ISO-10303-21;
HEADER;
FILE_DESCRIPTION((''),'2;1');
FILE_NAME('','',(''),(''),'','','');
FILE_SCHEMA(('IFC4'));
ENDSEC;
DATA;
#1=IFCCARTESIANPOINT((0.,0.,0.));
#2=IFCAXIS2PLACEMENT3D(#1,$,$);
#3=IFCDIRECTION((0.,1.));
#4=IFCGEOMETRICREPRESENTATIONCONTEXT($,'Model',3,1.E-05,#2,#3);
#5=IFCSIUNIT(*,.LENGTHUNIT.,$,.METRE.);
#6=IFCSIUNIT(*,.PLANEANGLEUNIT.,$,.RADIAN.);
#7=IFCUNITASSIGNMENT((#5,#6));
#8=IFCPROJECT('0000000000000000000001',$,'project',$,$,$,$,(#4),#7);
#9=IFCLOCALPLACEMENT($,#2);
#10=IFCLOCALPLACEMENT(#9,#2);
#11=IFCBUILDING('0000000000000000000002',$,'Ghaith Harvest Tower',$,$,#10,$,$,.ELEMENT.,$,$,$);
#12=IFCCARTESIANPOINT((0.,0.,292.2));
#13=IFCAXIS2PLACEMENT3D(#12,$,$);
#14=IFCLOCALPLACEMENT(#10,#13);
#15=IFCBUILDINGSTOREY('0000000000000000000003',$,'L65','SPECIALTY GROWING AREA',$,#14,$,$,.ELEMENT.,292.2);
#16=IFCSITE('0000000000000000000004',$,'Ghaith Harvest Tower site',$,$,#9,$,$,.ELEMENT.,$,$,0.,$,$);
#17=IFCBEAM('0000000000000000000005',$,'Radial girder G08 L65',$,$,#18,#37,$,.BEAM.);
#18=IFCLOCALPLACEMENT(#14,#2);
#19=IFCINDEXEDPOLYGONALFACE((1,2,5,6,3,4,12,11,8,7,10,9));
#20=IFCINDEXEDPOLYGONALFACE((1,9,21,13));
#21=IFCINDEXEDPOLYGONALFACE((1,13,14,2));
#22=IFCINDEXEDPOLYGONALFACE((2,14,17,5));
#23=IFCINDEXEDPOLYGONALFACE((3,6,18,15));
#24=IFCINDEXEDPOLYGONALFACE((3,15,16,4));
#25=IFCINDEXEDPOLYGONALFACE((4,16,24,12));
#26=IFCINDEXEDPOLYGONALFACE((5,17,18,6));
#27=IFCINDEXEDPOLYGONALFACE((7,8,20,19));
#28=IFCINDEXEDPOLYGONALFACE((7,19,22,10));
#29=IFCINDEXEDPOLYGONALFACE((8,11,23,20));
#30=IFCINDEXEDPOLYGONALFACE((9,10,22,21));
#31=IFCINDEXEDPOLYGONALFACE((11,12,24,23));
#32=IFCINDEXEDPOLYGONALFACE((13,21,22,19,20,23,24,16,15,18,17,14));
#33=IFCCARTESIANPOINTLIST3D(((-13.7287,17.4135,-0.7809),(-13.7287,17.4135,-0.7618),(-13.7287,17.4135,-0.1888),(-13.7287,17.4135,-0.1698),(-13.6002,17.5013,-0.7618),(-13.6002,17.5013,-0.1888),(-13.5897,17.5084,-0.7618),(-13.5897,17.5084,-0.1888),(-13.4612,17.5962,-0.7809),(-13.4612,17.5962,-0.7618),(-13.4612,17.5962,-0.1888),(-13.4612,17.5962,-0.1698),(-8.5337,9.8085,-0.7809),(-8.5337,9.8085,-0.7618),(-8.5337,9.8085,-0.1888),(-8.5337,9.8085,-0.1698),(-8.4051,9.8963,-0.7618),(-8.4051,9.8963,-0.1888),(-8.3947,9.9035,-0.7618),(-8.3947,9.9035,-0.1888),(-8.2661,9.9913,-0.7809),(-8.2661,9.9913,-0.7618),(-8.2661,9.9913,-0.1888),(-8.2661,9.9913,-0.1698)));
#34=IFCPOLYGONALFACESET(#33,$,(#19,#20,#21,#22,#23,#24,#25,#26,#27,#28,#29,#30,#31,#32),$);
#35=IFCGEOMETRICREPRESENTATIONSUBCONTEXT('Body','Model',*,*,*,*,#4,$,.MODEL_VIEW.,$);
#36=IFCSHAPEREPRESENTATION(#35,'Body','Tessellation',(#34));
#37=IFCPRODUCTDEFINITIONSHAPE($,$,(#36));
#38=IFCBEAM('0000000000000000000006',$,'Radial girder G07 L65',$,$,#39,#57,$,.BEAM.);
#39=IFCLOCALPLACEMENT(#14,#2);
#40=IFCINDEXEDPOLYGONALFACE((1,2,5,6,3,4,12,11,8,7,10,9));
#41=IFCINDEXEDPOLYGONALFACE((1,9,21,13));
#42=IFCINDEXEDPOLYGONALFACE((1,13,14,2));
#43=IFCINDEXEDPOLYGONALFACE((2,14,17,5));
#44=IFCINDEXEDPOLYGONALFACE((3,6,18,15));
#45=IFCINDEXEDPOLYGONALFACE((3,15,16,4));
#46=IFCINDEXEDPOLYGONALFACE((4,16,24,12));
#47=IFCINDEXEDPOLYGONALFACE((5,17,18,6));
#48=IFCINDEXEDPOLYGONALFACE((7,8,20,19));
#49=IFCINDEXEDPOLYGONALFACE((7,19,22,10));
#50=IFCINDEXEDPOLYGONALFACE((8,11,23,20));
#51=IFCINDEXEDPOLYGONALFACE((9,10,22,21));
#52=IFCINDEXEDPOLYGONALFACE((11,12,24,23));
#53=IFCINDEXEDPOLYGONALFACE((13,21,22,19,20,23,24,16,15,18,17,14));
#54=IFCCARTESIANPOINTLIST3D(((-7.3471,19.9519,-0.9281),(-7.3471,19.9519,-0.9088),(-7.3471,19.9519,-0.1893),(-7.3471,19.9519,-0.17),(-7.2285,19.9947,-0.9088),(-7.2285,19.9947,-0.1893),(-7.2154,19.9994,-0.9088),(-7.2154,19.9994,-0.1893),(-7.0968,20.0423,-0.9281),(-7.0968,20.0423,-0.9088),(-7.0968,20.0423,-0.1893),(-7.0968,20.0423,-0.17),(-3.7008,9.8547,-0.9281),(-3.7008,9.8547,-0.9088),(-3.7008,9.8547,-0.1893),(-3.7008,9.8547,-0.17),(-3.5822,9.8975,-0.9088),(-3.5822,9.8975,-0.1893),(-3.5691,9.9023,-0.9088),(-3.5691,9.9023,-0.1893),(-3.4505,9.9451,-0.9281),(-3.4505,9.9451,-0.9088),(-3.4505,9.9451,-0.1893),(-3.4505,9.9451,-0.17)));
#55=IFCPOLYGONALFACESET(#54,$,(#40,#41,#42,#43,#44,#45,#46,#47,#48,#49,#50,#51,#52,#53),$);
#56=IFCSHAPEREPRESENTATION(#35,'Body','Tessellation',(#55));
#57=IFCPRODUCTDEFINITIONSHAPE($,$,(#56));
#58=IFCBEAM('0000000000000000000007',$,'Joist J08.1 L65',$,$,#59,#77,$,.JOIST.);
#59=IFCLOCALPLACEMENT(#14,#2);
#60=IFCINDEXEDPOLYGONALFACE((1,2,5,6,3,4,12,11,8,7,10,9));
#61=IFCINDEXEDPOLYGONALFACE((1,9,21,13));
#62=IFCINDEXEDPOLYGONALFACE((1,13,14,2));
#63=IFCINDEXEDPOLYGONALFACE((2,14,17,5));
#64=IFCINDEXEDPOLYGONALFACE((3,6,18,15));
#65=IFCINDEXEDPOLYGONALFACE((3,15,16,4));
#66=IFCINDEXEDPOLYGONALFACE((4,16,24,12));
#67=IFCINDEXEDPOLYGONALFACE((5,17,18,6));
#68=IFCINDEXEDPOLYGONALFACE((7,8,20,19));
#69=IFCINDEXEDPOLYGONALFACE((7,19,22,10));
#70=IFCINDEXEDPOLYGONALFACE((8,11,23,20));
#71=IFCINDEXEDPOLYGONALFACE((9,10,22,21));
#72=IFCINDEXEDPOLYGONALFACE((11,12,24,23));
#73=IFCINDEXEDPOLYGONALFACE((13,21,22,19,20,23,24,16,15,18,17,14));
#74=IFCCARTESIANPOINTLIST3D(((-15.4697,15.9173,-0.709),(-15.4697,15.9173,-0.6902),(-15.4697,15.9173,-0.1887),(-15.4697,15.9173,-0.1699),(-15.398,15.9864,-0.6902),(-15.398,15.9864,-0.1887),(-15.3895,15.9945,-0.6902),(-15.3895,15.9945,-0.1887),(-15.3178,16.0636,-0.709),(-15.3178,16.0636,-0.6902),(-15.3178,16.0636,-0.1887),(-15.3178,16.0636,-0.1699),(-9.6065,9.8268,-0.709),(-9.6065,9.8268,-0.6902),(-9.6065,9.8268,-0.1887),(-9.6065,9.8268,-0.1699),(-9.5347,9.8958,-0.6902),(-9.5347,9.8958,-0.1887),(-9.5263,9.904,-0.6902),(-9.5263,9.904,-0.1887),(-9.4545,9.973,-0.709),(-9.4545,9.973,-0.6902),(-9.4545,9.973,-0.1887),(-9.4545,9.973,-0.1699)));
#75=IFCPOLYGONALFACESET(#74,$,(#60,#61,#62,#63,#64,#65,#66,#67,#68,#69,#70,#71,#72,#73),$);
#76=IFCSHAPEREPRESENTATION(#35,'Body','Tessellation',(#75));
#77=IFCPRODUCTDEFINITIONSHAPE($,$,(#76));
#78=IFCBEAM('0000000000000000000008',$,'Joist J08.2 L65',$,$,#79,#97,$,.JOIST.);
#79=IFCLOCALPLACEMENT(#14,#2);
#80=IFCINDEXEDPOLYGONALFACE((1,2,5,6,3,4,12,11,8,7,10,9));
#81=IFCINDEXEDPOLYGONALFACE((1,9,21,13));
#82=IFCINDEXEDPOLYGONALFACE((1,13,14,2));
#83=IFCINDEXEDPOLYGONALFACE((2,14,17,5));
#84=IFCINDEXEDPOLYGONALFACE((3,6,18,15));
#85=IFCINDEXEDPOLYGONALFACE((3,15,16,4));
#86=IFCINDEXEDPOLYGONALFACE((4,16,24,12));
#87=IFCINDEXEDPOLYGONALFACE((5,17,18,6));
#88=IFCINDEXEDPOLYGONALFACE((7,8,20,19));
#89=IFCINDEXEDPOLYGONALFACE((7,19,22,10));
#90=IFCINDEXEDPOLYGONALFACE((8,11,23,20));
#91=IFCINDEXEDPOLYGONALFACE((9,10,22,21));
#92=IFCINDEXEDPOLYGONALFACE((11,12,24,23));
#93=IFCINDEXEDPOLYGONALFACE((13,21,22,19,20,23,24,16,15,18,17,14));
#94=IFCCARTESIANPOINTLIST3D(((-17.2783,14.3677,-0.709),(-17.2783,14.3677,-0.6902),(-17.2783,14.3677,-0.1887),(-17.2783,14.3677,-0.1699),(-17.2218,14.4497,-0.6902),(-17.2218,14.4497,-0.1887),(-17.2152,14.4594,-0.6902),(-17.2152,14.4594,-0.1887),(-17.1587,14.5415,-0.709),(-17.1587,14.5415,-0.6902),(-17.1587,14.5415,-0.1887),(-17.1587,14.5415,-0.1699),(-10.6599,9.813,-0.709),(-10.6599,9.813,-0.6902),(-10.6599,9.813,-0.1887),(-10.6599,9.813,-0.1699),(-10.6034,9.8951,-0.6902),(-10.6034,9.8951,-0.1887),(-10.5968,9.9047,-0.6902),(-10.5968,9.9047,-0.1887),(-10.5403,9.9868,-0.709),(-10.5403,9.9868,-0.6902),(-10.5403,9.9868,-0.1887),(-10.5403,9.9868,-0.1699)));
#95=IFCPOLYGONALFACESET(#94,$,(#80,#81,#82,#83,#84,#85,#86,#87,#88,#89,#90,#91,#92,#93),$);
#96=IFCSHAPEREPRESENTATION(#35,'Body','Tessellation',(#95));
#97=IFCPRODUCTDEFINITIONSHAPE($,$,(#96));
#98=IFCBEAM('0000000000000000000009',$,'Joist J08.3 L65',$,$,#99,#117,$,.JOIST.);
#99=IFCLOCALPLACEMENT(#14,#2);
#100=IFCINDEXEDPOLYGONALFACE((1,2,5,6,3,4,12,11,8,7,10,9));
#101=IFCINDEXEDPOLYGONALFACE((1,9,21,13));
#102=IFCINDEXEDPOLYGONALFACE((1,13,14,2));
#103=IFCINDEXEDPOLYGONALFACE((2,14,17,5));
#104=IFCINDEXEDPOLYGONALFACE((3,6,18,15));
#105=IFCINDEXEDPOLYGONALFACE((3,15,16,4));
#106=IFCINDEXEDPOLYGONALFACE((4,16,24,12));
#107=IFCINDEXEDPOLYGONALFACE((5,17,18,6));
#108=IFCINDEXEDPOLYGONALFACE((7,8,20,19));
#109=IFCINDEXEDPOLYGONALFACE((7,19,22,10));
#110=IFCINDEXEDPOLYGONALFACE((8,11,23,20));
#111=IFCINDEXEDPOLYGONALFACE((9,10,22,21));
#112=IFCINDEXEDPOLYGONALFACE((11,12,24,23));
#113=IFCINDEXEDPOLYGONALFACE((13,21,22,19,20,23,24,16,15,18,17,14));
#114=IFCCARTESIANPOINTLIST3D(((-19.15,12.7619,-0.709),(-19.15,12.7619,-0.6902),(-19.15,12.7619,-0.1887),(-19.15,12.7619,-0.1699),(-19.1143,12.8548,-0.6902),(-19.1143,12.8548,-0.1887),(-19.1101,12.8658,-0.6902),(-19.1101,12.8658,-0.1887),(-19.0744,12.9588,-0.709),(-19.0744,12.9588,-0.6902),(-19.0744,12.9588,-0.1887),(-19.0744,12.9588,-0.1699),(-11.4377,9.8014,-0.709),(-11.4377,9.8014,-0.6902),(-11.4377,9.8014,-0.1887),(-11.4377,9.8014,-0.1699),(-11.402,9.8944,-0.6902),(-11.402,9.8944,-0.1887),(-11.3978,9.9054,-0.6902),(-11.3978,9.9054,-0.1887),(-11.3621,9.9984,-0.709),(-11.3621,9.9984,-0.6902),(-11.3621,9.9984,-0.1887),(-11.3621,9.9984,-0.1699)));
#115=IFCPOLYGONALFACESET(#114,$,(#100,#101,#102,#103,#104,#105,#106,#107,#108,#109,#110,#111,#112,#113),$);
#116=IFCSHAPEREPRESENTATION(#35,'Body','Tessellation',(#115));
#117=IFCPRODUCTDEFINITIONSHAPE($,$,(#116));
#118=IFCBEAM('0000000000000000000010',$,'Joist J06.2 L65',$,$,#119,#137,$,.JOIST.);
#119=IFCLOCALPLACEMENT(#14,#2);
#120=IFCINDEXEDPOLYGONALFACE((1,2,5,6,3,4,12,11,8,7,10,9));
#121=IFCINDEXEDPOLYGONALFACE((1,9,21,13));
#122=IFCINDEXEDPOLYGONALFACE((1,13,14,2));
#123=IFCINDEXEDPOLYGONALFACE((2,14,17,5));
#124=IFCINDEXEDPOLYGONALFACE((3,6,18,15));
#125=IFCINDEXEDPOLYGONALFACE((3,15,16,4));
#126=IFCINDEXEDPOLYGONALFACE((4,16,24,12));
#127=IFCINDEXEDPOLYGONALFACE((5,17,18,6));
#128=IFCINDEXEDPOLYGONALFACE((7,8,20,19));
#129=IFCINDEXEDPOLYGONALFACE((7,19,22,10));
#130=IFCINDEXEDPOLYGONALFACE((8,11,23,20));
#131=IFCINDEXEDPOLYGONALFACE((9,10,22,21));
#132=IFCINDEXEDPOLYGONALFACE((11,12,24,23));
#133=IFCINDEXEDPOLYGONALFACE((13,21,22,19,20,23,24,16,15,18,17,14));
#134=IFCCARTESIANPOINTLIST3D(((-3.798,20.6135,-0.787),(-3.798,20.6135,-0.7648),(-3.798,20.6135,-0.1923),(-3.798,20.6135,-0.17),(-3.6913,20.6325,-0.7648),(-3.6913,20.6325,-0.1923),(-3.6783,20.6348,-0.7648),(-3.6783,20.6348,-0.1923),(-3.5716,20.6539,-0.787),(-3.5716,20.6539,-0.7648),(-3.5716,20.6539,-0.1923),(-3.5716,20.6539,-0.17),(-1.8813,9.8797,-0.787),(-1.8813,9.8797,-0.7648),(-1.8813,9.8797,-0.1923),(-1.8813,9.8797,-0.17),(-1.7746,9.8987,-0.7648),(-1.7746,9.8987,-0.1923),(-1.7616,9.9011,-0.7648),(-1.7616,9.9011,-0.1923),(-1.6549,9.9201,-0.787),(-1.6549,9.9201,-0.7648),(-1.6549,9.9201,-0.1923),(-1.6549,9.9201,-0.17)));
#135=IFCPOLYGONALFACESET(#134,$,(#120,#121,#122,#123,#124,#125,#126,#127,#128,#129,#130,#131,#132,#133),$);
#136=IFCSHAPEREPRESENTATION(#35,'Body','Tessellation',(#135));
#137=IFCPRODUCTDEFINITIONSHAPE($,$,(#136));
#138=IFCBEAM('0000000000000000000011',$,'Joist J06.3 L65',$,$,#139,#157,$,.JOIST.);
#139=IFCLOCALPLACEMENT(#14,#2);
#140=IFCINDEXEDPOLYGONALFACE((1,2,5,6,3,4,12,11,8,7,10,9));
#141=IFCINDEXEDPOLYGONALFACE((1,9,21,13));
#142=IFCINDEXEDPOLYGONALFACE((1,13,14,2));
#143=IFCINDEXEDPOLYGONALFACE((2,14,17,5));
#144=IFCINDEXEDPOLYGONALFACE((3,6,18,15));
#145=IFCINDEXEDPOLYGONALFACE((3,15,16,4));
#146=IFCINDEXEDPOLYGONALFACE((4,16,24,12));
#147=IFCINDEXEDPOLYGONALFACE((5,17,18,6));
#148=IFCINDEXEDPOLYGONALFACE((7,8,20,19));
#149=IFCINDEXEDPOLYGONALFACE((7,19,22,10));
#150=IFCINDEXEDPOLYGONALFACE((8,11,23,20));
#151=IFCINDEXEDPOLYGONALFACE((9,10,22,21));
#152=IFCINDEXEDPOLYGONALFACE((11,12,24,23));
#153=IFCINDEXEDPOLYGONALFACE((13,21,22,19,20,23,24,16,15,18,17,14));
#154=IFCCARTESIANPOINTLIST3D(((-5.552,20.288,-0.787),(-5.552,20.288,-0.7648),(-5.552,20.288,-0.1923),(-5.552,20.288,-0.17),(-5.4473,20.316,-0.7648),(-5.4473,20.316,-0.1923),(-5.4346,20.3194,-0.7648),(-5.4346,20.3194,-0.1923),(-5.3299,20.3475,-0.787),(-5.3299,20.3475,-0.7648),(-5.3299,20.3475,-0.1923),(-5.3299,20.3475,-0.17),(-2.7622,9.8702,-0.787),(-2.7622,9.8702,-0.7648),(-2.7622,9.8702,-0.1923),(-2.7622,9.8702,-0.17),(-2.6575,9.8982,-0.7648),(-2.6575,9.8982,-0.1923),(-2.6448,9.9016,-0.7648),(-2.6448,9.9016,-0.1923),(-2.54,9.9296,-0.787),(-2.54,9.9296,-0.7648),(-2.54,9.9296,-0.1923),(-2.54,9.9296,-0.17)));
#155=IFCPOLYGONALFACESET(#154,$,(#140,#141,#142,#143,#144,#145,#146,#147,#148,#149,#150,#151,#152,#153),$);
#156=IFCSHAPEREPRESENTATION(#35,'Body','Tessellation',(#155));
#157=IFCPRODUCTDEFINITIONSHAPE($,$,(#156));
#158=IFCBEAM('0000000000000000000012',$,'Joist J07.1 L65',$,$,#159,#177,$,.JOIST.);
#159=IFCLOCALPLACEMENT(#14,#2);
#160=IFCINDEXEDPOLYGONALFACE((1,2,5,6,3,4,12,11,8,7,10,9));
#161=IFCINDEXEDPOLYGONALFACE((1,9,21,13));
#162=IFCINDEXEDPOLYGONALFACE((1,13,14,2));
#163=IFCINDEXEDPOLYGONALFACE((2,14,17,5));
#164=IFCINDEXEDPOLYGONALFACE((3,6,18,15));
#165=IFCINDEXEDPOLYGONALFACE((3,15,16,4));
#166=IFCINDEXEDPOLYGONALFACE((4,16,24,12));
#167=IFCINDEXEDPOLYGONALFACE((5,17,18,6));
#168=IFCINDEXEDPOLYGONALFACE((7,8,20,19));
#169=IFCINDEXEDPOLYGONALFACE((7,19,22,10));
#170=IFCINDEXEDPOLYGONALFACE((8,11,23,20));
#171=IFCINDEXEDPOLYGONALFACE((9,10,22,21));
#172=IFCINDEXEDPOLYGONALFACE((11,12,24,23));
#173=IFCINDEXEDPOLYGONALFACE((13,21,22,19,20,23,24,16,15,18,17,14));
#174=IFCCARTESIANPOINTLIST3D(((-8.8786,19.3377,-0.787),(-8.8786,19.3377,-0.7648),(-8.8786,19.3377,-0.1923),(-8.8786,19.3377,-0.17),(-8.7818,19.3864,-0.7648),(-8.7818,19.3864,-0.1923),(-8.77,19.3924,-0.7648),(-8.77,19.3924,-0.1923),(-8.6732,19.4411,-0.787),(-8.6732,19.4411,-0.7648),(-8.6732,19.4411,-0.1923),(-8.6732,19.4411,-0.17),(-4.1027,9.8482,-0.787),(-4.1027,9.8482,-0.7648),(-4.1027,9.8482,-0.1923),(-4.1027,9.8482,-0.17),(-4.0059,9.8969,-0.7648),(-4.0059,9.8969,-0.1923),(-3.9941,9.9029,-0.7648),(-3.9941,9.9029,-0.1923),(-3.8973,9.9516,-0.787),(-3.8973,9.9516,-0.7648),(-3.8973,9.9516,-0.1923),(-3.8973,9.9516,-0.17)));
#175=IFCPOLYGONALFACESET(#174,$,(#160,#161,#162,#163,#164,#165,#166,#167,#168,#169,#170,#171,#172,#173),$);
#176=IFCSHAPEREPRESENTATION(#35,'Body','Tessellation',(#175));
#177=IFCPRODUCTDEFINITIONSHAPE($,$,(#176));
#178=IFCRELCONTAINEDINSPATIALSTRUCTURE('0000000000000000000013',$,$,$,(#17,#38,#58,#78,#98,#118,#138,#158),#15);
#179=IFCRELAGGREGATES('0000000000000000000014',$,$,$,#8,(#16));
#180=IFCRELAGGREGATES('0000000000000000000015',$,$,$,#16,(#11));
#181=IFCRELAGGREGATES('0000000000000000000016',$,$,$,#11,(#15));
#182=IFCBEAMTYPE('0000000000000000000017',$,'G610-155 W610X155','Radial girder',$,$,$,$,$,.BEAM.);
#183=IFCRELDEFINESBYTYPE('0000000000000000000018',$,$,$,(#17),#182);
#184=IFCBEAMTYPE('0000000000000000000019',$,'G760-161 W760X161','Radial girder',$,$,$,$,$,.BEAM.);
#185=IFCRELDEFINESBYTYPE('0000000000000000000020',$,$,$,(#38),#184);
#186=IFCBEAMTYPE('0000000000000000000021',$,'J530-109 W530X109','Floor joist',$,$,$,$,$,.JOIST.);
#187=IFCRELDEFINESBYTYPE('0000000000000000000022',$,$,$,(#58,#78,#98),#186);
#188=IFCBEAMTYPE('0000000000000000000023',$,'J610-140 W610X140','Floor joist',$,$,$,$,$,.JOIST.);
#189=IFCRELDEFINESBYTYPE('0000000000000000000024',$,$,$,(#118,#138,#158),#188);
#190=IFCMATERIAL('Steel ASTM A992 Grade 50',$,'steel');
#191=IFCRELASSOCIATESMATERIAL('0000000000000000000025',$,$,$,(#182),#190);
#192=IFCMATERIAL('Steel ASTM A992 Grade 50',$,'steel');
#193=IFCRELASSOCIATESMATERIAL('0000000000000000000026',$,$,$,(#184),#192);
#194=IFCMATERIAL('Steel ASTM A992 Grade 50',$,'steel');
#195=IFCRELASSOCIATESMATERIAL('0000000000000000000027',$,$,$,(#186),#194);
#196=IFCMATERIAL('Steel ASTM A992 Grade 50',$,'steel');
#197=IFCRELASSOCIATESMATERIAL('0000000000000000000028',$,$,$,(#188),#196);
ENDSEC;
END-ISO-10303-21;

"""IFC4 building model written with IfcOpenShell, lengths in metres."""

from ifc_helpers import new_model, si_unit, direction, frame, origin, origin_2d, place, context, subcontext, project, spatial, i_section, extrude, material, material_profile, profile_set, type_object, element, save


model = new_model("IFC4")

# Units and contexts
model_context = context("Model", 3, precision=1e-05, world=origin(), true_north=direction((0.0, 1.0)))
body_context = subcontext(model_context, "Body", "Model", "MODEL_VIEW")
ifc_project = project(units=[si_unit("LENGTHUNIT", "METRE"), si_unit("PLANEANGLEUNIT", "RADIAN")], contexts=[model_context])

# Site, building, storey
site_placement = place(None, origin())
site = spatial("IfcSite", under=ifc_project, at=site_placement, Name="Ghaith Harvest Tower site", CompositionType="ELEMENT", RefElevation=0.0)
building_placement = place(site_placement, origin())
building = spatial("IfcBuilding", under=site, at=building_placement, Name="Ghaith Harvest Tower", CompositionType="ELEMENT")
storey_placement = place(building_placement, frame((0.0, 0.0, 292.2)))
storey = spatial("IfcBuildingStorey", under=building, at=storey_placement, Name="L65", Description="SPECIALTY GROWING AREA", CompositionType="ELEMENT", Elevation=292.2)

# Beams
ifc_material_1 = material(Name="Steel ASTM A992 Grade 50", Category="steel")
ifc_material_profile_1 = material_profile(ifc_material_1, i_section(OverallWidth=0.324, OverallDepth=0.6111, WebThickness=0.0127, FlangeThickness=0.019, at=origin_2d()), Name="W610X155")
ifc_profile_set_1 = profile_set([ifc_material_profile_1], Name="Steel ASTM A992 Grade 50")
beam_type_1 = type_object("IfcBeamType", Name="G610-155 W610X155", Description="Radial girder", PredefinedType="BEAM", material=ifc_profile_set_1)
beam_1_placement = place(storey_placement, frame((-8.3999, 9.8999, -0.4753), z_axis=(-0.564067, 0.825729, 0.0), x_axis=(-0.825729, -0.564067, 0.0)))
element("IfcBeam", 1, at=beam_1_placement, inside=storey, type_object=beam_type_1, Name="Radial girder G08 L65", PredefinedType="BEAM", context=body_context, shape_type="SweptSolid", body=[
    extrude(i_section(OverallWidth=0.324, OverallDepth=0.6111, WebThickness=0.0127, FlangeThickness=0.019, at=origin_2d()), origin(), (0.0, 0.0, 1.0), 9.21),
])
ifc_material_2 = material(Name="Steel ASTM A992 Grade 50", Category="steel")
ifc_material_profile_2 = material_profile(ifc_material_2, i_section(OverallWidth=0.2661, OverallDepth=0.7581, WebThickness=0.0139, FlangeThickness=0.0193, at=origin_2d()), Name="W760X161")
ifc_profile_set_2 = profile_set([ifc_material_profile_2], Name="Steel ASTM A992 Grade 50")
beam_type_2 = type_object("IfcBeamType", Name="G760-161 W760X161", Description="Radial girder", PredefinedType="BEAM", material=ifc_profile_set_2)
beam_2_placement = place(storey_placement, frame((-3.5757, 9.8999, -0.5491), z_axis=(-0.339648, 0.940553, 0.0), x_axis=(-0.940553, -0.339648, 0.0)))
element("IfcBeam", 2, at=beam_2_placement, inside=storey, type_object=beam_type_2, Name="Radial girder G07 L65", PredefinedType="BEAM", context=body_context, shape_type="SweptSolid", body=[
    extrude(i_section(OverallWidth=0.2661, OverallDepth=0.7581, WebThickness=0.0139, FlangeThickness=0.0193, at=origin_2d()), origin(), (0.0, 0.0, 1.0), 10.7354),
])
ifc_material_3 = material(Name="Steel ASTM A992 Grade 50", Category="steel")
ifc_material_profile_3 = material_profile(ifc_material_3, i_section(OverallWidth=0.2109, OverallDepth=0.5391, WebThickness=0.0117, FlangeThickness=0.0188, at=origin_2d()), Name="W530X109")
ifc_profile_set_3 = profile_set([ifc_material_profile_3], Name="Steel ASTM A992 Grade 50")
beam_type_3 = type_object("IfcBeamType", Name="J530-109 W530X109", Description="Floor joist", PredefinedType="JOIST", material=ifc_profile_set_3)
beam_3_placement = place(storey_placement, frame((-9.5305, 9.8999, -0.4395), z_axis=(-0.693536, 0.720422, 0.0), x_axis=(-0.720422, -0.693536, 0.0)))
element("IfcBeam", 3, at=beam_3_placement, inside=storey, type_object=beam_type_3, Name="Joist J08.1 L65", PredefinedType="JOIST", context=body_context, shape_type="SweptSolid", body=[
    extrude(i_section(OverallWidth=0.2109, OverallDepth=0.5391, WebThickness=0.0117, FlangeThickness=0.0188, at=origin_2d()), origin(), (0.0, 0.0, 1.0), 8.4541),
])
beam_4_placement = place(storey_placement, frame((-10.6001, 9.8999, -0.4395), z_axis=(-0.823779, 0.566912, 0.0), x_axis=(-0.566912, -0.823779, 0.0)))
element("IfcBeam", 4, at=beam_4_placement, inside=storey, type_object=beam_type_3, Name="Joist J08.2 L65", PredefinedType="JOIST", context=body_context, shape_type="SweptSolid", body=[
    extrude(i_section(OverallWidth=0.2109, OverallDepth=0.5391, WebThickness=0.0117, FlangeThickness=0.0188, at=origin_2d()), origin(), (0.0, 0.0, 1.0), 8.0342),
])
beam_5_placement = place(storey_placement, frame((-11.3999, 9.8999, -0.4395), z_axis=(-0.933583, 0.358361, 0.0), x_axis=(-0.358361, -0.933583, 0.0)))
element("IfcBeam", 5, at=beam_5_placement, inside=storey, type_object=beam_type_3, Name="Joist J08.3 L65", PredefinedType="JOIST", context=body_context, shape_type="SweptSolid", body=[
    extrude(i_section(OverallWidth=0.2109, OverallDepth=0.5391, WebThickness=0.0117, FlangeThickness=0.0188, at=origin_2d()), origin(), (0.0, 0.0, 1.0), 8.261),
])
ifc_material_4 = material(Name="Steel ASTM A992 Grade 50", Category="steel")
ifc_material_profile_4 = material_profile(ifc_material_4, i_section(OverallWidth=0.23, OverallDepth=0.6169, WebThickness=0.0132, FlangeThickness=0.0222, at=origin_2d()), Name="W610X140")
ifc_profile_set_4 = profile_set([ifc_material_profile_4], Name="Steel ASTM A992 Grade 50")
beam_type_4 = type_object("IfcBeamType", Name="J610-140 W610X140", Description="Floor joist", PredefinedType="JOIST", material=ifc_profile_set_4)
beam_6_placement = place(storey_placement, frame((-1.7681, 9.8999, -0.4785), z_axis=(-0.175789, 0.984428, 0.0), x_axis=(-0.984428, -0.175789, 0.0)))
element("IfcBeam", 6, at=beam_6_placement, inside=storey, type_object=beam_type_4, Name="Joist J06.2 L65", PredefinedType="JOIST", context=body_context, shape_type="SweptSolid", body=[
    extrude(i_section(OverallWidth=0.23, OverallDepth=0.6169, WebThickness=0.0132, FlangeThickness=0.0222, at=origin_2d()), origin(), (0.0, 0.0, 1.0), 10.9036),
])
beam_7_placement = place(storey_placement, frame((-2.6511, 9.8999, -0.4785), z_axis=(-0.258678, 0.965964, 0.0), x_axis=(-0.965964, -0.258678, 0.0)))
element("IfcBeam", 7, at=beam_7_placement, inside=storey, type_object=beam_type_4, Name="Joist J06.3 L65", PredefinedType="JOIST", context=body_context, shape_type="SweptSolid", body=[
    extrude(i_section(OverallWidth=0.23, OverallDepth=0.6169, WebThickness=0.0132, FlangeThickness=0.0222, at=origin_2d()), origin(), (0.0, 0.0, 1.0), 10.7849),
])
beam_8_placement = place(storey_placement, frame((-4.0, 9.8999, -0.4785), z_axis=(-0.449556, 0.893252, 0.0), x_axis=(-0.893252, -0.449556, 0.0)))
element("IfcBeam", 8, at=beam_8_placement, inside=storey, type_object=beam_type_4, Name="Joist J07.1 L65", PredefinedType="JOIST", context=body_context, shape_type="SweptSolid", body=[
    extrude(i_section(OverallWidth=0.23, OverallDepth=0.6169, WebThickness=0.0132, FlangeThickness=0.0222, at=origin_2d()), origin(), (0.0, 0.0, 1.0), 10.6235),
])

save(model, "model.ifc")
